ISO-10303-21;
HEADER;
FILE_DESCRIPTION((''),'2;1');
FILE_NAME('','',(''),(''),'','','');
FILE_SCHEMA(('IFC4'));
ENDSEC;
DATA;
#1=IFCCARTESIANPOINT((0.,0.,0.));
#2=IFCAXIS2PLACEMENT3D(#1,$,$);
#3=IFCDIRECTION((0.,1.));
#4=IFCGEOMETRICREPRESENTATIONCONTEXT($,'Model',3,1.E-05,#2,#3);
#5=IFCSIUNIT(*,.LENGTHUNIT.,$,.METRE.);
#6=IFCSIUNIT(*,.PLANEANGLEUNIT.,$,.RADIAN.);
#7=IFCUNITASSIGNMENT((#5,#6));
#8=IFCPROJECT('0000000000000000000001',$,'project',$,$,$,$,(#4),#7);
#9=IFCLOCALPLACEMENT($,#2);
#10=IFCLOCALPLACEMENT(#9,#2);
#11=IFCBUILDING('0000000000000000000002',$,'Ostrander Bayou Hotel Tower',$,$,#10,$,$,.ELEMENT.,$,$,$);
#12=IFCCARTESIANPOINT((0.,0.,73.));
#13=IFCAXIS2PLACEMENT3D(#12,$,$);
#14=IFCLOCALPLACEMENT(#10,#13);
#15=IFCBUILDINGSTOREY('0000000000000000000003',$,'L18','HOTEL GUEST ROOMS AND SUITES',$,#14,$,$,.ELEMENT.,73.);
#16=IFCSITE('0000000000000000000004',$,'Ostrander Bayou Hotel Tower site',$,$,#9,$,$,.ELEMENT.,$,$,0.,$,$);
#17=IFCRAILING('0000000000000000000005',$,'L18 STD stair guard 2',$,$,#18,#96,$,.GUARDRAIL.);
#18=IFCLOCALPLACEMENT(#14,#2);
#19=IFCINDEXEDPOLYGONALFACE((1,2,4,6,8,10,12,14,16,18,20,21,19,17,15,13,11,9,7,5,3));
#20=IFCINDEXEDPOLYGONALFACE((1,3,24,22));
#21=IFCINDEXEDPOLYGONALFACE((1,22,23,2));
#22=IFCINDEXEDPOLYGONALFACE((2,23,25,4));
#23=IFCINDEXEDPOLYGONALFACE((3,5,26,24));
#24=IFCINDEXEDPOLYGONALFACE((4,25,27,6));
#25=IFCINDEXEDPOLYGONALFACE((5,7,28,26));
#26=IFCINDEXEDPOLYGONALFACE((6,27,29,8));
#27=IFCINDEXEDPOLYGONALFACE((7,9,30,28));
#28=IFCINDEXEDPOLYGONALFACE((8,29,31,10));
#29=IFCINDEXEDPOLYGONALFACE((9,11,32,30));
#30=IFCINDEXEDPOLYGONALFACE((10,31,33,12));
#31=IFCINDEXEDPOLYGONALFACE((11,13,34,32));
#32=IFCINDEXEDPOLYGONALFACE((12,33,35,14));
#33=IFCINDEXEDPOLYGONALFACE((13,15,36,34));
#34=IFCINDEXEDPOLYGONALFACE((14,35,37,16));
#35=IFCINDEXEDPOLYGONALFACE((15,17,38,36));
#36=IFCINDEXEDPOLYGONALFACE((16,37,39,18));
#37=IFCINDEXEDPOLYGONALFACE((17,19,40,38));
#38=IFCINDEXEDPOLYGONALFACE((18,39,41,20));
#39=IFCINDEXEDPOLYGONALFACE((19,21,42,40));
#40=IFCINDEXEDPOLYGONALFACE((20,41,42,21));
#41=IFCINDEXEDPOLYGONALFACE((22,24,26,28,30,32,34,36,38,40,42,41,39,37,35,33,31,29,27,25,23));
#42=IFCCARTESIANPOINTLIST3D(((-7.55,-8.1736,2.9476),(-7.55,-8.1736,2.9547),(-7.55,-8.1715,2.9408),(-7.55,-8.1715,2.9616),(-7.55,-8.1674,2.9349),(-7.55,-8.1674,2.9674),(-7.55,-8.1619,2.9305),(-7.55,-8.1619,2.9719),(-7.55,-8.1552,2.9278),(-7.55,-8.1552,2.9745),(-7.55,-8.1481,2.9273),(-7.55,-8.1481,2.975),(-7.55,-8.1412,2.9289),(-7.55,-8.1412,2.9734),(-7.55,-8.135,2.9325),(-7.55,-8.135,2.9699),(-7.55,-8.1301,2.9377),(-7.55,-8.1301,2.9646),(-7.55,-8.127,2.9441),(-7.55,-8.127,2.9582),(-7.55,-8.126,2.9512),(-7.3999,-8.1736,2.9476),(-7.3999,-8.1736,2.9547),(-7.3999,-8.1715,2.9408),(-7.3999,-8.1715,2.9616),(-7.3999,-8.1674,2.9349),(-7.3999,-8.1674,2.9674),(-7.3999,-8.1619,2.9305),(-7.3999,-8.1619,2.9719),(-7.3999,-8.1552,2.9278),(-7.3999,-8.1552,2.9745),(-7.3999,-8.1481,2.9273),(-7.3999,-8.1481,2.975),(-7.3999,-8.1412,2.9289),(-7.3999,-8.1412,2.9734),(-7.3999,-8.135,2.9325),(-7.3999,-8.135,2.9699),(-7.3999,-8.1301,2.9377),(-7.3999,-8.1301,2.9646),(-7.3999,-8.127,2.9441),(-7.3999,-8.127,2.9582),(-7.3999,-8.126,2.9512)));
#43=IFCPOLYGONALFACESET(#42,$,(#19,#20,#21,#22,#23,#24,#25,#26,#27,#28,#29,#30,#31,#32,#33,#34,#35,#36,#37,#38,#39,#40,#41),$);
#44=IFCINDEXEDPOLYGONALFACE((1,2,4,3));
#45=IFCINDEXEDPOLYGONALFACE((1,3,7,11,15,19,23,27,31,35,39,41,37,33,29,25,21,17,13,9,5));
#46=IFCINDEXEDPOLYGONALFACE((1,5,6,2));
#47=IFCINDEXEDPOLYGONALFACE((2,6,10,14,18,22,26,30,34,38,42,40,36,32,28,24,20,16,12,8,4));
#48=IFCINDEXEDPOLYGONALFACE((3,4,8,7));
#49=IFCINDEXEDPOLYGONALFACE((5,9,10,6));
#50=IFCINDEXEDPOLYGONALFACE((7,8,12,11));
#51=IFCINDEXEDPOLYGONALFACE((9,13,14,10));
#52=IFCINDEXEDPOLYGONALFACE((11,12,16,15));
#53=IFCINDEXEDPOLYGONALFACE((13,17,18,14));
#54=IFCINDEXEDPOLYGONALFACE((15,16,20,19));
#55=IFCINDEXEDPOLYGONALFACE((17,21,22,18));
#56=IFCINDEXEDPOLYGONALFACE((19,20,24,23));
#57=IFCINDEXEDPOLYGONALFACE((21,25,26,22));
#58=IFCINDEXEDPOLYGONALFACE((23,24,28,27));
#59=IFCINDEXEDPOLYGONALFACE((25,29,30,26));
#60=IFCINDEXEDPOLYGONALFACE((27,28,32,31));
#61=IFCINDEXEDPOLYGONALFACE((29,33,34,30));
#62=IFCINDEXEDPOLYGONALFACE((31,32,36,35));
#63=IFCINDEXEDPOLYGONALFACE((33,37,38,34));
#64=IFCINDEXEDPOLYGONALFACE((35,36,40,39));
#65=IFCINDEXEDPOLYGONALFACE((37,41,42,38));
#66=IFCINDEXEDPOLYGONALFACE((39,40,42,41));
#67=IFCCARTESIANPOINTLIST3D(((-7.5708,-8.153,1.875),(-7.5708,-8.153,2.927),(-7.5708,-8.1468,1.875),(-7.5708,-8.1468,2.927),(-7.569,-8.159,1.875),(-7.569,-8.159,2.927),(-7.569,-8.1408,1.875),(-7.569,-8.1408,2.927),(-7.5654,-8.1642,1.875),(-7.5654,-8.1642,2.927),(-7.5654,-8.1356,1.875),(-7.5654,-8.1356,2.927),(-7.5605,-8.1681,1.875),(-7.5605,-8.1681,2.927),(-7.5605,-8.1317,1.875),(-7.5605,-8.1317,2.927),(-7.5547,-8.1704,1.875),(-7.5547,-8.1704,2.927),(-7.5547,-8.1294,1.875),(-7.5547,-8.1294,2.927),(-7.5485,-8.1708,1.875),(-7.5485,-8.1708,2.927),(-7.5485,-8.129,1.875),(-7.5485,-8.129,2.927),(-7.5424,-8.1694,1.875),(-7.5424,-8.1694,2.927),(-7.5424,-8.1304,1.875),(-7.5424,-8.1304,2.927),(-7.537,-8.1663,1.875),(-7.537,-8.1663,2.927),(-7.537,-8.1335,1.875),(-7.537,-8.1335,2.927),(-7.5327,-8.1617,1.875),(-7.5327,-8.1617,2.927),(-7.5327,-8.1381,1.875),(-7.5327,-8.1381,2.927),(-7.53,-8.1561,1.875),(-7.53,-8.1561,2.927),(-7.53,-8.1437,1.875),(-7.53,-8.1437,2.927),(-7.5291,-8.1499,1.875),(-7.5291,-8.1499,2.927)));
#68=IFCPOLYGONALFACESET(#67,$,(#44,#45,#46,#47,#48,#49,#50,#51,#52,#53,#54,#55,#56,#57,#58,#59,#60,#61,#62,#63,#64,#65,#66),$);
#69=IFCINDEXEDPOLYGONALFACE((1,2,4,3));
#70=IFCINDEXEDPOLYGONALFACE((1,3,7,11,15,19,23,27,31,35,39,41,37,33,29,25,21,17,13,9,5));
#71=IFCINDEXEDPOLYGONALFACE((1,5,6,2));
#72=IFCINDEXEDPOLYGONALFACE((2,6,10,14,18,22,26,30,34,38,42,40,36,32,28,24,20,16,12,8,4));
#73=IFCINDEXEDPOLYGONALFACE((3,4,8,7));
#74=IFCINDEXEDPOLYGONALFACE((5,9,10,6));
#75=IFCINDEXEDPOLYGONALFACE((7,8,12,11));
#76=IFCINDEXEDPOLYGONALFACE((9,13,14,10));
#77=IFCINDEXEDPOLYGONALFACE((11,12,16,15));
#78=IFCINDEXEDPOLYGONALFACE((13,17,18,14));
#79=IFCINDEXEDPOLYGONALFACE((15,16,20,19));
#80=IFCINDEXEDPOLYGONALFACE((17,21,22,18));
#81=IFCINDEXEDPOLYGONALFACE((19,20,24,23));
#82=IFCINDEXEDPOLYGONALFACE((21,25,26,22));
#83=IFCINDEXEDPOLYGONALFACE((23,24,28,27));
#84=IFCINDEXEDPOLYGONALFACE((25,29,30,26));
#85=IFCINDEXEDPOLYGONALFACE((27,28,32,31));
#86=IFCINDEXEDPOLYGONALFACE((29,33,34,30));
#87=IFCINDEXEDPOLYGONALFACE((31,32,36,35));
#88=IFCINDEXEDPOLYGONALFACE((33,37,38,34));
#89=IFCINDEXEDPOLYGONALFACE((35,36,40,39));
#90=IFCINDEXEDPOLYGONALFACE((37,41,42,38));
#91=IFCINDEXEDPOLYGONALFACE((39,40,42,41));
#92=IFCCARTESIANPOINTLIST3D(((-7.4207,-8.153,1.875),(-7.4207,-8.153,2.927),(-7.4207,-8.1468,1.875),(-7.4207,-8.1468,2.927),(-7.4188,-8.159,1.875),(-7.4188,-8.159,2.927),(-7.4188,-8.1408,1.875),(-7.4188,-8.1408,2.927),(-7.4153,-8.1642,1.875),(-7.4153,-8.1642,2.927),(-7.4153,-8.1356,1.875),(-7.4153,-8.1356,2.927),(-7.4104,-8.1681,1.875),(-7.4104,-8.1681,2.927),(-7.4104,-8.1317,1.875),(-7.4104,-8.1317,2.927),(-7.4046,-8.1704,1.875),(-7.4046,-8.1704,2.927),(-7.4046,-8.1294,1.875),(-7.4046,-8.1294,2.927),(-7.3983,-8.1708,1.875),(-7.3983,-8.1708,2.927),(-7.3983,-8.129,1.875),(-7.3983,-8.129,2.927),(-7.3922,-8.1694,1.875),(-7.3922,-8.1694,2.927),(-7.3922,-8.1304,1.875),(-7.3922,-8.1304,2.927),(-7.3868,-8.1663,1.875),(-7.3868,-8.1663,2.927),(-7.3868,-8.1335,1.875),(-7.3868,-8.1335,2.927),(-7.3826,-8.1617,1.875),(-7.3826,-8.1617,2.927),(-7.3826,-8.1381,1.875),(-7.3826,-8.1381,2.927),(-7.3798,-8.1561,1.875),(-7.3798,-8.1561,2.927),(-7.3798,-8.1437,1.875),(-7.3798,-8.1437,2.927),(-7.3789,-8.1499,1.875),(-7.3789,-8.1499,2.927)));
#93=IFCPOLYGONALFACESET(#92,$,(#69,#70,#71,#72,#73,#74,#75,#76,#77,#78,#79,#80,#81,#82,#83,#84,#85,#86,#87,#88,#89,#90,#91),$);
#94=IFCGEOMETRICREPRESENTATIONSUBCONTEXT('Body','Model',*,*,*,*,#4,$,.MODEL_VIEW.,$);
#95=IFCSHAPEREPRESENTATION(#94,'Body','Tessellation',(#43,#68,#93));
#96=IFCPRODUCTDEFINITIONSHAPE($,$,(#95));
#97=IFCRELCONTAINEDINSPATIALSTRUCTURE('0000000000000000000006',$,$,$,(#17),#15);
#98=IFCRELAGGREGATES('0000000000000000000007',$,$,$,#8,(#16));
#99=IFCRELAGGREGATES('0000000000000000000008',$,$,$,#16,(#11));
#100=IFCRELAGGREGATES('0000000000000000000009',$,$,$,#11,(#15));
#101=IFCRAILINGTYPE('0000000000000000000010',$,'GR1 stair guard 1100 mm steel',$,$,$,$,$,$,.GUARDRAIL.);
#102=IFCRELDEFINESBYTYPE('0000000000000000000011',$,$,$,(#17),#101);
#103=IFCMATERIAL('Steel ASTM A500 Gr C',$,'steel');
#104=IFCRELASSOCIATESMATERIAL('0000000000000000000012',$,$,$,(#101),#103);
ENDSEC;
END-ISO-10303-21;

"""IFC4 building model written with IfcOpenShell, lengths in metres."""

from ifc_helpers import new_model, si_unit, direction, frame, origin, origin_2d, place, context, subcontext, project, spatial, circle, extrude, material, type_object, element, save


model = new_model("IFC4")

# Units and contexts
model_context = context("Model", 3, precision=1e-05, world=origin(), true_north=direction((0.0, 1.0)))
body_context = subcontext(model_context, "Body", "Model", "MODEL_VIEW")
ifc_project = project(units=[si_unit("LENGTHUNIT", "METRE"), si_unit("PLANEANGLEUNIT", "RADIAN")], contexts=[model_context])

# Site, building, storey
site_placement = place(None, origin())
site = spatial("IfcSite", under=ifc_project, at=site_placement, Name="Ostrander Bayou Hotel Tower site", CompositionType="ELEMENT", RefElevation=0.0)
building_placement = place(site_placement, origin())
building = spatial("IfcBuilding", under=site, at=building_placement, Name="Ostrander Bayou Hotel Tower", CompositionType="ELEMENT")
storey_placement = place(building_placement, frame((0.0, 0.0, 73.0)))
storey = spatial("IfcBuildingStorey", under=building, at=storey_placement, Name="L18", Description="HOTEL GUEST ROOMS AND SUITES", CompositionType="ELEMENT", Elevation=73.0)

# Railing
ifc_material_1 = material(Name="Steel ASTM A500 Gr C", Category="steel")
railing_type_1 = type_object("IfcRailingType", Name="GR1 stair guard 1100 mm steel", PredefinedType="GUARDRAIL", material=ifc_material_1)
railing_1_placement = place(storey_placement, frame((-7.55, -8.1499, 1.875)))
element("IfcRailing", 1, at=railing_1_placement, inside=storey, type_object=railing_type_1, Name="L18 STD stair guard 2", PredefinedType="GUARDRAIL", context=body_context, shape_type="SweptSolid", body=[
    extrude(circle(Radius=0.0239, at=origin_2d()), frame((0.0, 0.0, 1.0762), z_axis=(1.0, 0.0, 0.0), x_axis=(0.0, 1.0, 0.0)), (0.0, 0.0, 1.0), 0.1501),
    extrude(circle(Radius=0.021, at=origin_2d()), origin(), (0.0, 0.0, 1.0), 1.052),
    extrude(circle(Radius=0.021, at=origin_2d()), frame((0.1501, 0.0, 0.0)), (0.0, 0.0, 1.0), 1.052),
])

save(model, "model.ifc")
